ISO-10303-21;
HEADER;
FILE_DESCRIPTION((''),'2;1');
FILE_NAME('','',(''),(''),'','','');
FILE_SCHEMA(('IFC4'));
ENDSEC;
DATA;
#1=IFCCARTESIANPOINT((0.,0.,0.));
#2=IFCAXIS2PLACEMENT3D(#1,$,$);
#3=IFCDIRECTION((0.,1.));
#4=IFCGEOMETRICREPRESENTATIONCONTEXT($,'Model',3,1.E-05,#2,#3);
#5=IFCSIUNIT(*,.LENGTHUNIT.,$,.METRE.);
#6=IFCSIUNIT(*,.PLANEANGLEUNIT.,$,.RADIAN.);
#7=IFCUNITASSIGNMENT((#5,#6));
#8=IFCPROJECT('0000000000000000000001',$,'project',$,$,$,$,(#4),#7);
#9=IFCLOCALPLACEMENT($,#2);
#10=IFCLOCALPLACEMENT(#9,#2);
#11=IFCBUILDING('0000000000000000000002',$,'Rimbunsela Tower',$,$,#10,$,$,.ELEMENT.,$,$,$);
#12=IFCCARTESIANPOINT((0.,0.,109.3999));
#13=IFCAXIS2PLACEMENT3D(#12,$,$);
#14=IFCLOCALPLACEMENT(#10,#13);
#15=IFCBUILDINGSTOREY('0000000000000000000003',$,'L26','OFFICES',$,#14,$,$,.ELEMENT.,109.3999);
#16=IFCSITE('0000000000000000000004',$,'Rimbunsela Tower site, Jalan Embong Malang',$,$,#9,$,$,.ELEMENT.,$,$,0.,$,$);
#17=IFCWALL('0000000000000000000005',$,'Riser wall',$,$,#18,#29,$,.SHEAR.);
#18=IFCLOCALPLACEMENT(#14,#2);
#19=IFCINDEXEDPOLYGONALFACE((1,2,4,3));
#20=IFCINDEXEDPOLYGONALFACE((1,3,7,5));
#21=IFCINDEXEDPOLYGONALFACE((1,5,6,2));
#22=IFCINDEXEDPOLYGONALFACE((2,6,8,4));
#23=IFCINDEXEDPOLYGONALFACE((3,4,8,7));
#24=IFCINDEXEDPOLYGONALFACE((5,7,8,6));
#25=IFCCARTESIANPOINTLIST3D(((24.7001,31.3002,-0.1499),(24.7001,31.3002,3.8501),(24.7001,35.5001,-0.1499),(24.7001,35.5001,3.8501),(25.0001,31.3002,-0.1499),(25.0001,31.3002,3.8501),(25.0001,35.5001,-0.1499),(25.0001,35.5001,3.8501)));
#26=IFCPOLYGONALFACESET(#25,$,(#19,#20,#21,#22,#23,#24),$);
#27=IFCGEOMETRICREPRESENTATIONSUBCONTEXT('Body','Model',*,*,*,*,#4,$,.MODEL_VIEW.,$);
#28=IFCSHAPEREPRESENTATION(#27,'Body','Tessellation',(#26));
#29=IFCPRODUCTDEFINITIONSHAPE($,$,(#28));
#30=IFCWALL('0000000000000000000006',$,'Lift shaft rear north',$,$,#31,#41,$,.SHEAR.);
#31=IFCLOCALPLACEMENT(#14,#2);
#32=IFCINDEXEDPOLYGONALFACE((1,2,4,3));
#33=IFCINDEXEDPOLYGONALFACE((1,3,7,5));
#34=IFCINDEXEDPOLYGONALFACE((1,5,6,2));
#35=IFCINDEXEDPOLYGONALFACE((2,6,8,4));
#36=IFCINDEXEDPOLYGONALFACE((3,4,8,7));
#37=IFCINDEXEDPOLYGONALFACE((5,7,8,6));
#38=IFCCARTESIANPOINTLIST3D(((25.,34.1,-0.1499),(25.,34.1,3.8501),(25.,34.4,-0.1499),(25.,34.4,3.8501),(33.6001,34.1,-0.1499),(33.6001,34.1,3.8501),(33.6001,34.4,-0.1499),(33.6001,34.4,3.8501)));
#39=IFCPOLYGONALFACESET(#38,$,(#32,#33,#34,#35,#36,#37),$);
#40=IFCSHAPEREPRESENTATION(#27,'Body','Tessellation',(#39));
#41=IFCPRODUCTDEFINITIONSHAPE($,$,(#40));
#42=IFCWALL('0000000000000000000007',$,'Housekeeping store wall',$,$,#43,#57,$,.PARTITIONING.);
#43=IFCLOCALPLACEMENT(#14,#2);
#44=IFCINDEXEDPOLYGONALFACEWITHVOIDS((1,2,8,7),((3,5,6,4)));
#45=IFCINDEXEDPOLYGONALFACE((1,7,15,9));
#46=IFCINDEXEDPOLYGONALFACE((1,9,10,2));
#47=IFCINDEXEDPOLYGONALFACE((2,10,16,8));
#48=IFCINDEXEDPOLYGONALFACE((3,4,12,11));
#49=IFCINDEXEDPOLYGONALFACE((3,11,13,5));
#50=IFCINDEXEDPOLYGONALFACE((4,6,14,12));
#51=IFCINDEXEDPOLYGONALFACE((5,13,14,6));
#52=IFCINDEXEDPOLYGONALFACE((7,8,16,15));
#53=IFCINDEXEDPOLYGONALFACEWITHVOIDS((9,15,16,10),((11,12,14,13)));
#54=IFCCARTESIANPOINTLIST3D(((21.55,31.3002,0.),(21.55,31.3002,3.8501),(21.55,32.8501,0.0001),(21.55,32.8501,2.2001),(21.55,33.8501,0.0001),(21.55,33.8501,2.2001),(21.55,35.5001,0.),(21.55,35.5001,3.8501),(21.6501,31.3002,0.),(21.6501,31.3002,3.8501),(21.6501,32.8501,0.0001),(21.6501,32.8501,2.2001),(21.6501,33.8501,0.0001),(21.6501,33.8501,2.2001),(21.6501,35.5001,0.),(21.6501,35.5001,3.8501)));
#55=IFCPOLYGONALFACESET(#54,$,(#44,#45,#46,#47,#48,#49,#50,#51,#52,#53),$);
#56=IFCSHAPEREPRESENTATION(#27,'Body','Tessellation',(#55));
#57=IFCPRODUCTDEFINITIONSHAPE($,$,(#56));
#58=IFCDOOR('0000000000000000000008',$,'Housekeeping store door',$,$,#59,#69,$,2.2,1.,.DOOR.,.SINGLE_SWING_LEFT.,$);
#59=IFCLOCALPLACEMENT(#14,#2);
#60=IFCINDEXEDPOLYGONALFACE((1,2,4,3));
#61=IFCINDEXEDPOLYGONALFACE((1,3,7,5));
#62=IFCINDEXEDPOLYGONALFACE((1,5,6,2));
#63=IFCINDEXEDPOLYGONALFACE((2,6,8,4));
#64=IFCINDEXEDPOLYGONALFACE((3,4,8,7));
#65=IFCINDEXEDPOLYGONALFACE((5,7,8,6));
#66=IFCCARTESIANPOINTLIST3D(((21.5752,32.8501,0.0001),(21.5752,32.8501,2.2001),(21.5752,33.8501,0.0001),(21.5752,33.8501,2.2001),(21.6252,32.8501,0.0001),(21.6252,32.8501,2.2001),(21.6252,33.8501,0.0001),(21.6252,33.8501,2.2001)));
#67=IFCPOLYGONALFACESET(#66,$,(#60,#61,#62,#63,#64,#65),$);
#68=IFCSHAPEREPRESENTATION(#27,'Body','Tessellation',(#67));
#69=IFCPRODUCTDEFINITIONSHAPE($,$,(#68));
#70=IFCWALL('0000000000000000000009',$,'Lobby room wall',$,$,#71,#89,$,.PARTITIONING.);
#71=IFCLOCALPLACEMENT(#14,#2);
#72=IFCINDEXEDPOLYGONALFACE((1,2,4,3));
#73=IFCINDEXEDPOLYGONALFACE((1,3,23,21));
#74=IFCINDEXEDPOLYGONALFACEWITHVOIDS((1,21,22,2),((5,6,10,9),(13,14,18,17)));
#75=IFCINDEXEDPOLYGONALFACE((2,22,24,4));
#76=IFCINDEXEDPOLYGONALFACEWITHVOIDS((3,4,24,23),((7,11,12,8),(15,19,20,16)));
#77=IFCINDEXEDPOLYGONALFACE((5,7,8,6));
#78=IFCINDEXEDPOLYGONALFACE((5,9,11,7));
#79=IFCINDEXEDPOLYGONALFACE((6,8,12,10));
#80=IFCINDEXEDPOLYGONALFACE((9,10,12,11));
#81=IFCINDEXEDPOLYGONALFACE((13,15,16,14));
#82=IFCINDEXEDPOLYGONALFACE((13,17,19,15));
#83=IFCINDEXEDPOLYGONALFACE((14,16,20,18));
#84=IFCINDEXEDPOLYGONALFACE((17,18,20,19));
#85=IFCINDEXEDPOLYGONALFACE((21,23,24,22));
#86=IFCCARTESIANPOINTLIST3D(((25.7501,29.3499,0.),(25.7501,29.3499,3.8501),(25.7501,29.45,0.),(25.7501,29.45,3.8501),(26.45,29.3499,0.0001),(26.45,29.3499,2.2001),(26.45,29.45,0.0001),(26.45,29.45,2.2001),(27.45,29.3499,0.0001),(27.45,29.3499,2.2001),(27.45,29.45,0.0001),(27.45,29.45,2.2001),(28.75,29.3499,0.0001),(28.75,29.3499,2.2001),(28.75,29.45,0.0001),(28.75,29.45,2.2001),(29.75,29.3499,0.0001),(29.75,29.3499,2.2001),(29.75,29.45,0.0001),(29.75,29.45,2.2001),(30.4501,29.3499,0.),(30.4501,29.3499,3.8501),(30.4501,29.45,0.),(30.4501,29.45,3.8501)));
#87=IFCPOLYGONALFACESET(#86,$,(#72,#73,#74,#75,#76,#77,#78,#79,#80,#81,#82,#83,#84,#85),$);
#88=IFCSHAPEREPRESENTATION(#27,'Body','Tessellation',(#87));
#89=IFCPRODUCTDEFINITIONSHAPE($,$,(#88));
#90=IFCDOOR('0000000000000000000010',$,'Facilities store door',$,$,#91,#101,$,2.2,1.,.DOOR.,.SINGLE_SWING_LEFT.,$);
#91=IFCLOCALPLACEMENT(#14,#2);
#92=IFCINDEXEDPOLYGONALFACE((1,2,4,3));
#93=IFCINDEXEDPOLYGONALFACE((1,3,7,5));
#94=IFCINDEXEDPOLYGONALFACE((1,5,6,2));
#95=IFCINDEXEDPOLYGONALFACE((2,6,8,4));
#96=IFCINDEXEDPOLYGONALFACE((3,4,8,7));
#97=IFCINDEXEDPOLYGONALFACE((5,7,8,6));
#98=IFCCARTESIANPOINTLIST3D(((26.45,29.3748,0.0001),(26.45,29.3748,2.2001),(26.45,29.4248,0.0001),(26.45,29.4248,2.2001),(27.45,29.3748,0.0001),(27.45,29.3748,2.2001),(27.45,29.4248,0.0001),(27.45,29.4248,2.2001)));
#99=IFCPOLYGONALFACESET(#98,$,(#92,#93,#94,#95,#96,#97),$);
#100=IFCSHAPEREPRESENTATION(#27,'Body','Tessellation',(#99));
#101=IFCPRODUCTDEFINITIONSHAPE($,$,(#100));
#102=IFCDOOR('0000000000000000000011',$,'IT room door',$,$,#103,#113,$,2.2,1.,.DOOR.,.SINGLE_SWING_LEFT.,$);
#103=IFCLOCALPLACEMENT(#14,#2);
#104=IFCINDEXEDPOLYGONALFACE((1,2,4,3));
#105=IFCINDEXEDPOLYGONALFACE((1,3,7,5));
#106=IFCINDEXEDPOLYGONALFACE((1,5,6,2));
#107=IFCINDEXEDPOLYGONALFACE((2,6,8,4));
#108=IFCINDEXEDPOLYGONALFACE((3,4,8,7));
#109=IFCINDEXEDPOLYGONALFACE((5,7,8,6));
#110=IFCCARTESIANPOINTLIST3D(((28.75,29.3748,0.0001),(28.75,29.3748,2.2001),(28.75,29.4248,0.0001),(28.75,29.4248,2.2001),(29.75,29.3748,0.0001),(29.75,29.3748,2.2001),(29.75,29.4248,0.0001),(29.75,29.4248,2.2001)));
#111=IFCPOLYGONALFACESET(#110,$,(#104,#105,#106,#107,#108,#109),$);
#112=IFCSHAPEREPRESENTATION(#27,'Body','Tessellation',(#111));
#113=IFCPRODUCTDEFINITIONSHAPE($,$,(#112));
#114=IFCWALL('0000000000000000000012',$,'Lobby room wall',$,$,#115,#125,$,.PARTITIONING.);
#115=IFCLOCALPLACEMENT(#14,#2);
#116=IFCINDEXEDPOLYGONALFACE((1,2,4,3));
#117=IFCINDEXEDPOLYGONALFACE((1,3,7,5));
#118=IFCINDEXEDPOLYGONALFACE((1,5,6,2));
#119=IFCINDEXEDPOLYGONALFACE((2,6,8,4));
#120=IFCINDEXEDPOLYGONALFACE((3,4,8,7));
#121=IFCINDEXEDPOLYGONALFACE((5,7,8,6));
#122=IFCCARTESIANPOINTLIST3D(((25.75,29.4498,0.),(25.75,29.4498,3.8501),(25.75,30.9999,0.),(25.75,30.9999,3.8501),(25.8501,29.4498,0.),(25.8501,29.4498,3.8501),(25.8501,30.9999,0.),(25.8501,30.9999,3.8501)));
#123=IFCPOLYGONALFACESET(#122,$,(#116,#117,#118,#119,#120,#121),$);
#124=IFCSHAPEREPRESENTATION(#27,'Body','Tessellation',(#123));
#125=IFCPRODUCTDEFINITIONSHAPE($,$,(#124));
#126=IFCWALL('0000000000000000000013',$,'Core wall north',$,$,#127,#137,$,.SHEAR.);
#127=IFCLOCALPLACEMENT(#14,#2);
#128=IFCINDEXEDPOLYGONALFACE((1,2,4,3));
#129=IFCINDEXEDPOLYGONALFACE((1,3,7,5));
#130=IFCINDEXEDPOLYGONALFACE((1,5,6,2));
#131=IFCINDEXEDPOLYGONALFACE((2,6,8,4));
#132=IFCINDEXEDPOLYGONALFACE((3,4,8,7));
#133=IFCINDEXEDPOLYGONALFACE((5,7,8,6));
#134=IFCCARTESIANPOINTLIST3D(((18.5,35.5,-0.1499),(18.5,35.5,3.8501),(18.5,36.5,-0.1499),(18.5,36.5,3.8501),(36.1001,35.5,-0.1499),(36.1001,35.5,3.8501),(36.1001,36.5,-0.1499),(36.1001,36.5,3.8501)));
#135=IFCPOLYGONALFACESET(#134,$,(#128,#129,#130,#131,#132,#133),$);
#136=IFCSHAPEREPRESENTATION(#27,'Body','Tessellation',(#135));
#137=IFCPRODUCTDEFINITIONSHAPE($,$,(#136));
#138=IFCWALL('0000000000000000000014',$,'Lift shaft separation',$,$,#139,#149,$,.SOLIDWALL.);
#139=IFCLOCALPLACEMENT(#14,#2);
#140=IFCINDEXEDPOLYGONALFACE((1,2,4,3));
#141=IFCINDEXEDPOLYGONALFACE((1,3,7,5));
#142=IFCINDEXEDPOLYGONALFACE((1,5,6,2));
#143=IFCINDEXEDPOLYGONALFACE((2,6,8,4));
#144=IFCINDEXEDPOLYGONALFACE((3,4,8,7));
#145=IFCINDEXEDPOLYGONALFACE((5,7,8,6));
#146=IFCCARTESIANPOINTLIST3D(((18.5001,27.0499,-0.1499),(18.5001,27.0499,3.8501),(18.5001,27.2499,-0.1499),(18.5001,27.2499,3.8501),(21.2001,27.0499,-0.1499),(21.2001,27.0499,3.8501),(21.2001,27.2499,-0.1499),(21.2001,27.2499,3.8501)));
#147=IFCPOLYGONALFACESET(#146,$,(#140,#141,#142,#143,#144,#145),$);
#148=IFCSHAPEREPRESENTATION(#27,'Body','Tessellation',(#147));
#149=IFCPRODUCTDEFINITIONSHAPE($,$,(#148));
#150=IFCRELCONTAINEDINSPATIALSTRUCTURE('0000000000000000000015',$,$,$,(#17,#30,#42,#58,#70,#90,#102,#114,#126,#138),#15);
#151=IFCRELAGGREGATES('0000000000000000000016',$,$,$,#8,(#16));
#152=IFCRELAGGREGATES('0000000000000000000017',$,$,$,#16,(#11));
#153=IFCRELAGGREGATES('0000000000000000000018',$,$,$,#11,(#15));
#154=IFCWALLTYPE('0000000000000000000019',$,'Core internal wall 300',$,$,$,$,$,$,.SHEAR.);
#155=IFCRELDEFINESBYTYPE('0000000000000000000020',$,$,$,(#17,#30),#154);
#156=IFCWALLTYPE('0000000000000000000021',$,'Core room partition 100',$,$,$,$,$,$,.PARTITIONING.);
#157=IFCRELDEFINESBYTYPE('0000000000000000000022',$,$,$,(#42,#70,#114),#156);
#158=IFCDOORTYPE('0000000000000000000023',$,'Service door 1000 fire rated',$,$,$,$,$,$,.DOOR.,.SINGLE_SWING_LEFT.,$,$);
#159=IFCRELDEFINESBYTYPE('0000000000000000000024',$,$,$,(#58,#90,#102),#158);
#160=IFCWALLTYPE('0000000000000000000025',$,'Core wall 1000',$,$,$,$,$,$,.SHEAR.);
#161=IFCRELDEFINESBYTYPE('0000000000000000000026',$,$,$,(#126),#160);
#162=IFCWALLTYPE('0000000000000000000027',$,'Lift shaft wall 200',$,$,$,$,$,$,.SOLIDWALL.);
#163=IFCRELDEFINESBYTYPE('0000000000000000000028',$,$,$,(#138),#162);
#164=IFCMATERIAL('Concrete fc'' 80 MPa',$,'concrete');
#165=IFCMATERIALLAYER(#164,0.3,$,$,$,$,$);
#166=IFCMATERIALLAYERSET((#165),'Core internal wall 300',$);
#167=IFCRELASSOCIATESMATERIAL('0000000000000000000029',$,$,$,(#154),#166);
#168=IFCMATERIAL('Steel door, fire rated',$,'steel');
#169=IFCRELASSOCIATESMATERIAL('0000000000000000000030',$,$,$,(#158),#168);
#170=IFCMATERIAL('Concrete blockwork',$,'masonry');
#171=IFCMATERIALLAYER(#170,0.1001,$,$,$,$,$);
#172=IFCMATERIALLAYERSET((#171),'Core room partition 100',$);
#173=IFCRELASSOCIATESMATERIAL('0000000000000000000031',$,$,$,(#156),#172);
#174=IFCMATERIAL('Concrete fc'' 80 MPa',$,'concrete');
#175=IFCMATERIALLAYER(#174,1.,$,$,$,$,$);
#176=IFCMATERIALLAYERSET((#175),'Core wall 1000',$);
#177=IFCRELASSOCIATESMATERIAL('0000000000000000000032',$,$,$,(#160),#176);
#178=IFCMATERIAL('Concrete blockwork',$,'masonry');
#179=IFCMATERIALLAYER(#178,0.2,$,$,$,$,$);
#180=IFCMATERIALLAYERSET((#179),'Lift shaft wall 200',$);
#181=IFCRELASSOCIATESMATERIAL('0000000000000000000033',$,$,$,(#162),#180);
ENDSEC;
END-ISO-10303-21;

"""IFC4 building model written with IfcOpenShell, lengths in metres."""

from ifc_helpers import new_model, si_unit, direction, frame, frame_2d, origin, place, context, subcontext, project, spatial, rectangle, extrude, material, layer, layer_set, type_object, element, fill, save


model = new_model("IFC4")

# Units and contexts
model_context = context("Model", 3, precision=1e-05, world=origin(), true_north=direction((0.0, 1.0)))
body_context = subcontext(model_context, "Body", "Model", "MODEL_VIEW")
ifc_project = project(units=[si_unit("LENGTHUNIT", "METRE"), si_unit("PLANEANGLEUNIT", "RADIAN")], contexts=[model_context])

# Site, building, storey
site_placement = place(None, origin())
site = spatial("IfcSite", under=ifc_project, at=site_placement, Name="Rimbunsela Tower site, Jalan Embong Malang", CompositionType="ELEMENT", RefElevation=0.0)
building_placement = place(site_placement, origin())
building = spatial("IfcBuilding", under=site, at=building_placement, Name="Rimbunsela Tower", CompositionType="ELEMENT")
storey_placement = place(building_placement, frame((0.0, 0.0, 109.3999)))
storey = spatial("IfcBuildingStorey", under=building, at=storey_placement, Name="L26", Description="OFFICES", CompositionType="ELEMENT", Elevation=109.3999)

# Shared definitions
ifc_material_1 = material(Name="Concrete fc' 80 MPa", Category="concrete")
ifc_layer_1 = layer(ifc_material_1, 0.3)
ifc_layer_set_1 = layer_set([ifc_layer_1], Name="Core internal wall 300")
wall_type_1 = type_object("IfcWallType", Name="Core internal wall 300", PredefinedType="SHEAR", material=ifc_layer_set_1)
ifc_material_2 = material(Name="Steel door, fire rated", Category="steel")
door_type_1 = type_object("IfcDoorType", Name="Service door 1000 fire rated", OperationType="SINGLE_SWING_LEFT", PredefinedType="DOOR", material=ifc_material_2)

# Walls
wall_1_placement = place(storey_placement, frame((24.8501, 31.3, -0.1499), z_axis=(0.0, 0.0, 1.0), x_axis=(0.0, 1.0, 0.0)))
element("IfcWall", 1, at=wall_1_placement, inside=storey, type_object=wall_type_1, Name="Riser wall", PredefinedType="SHEAR", context=body_context, shape_type="SweptSolid", body=[
    extrude(rectangle(XDim=4.2, YDim=0.3, at=frame_2d((2.1001, 0.0))), origin(), (0.0, 0.0, 1.0), 4.0),
])
wall_2_placement = place(storey_placement, frame((25.0, 34.25, -0.1499), z_axis=(0.0, 0.0, 1.0), x_axis=(1.0, 0.0, 0.0)))
element("IfcWall", 2, at=wall_2_placement, inside=storey, type_object=wall_type_1, Name="Lift shaft rear north", PredefinedType="SHEAR", context=body_context, shape_type="SweptSolid", body=[
    extrude(rectangle(XDim=8.6001, YDim=0.3, at=frame_2d((4.3, 0.0))), origin(), (0.0, 0.0, 1.0), 4.0),
])

# Wall, opening, door
ifc_material_3 = material(Name="Concrete blockwork", Category="masonry")
ifc_layer_2 = layer(ifc_material_3, 0.1001)
ifc_layer_set_2 = layer_set([ifc_layer_2], Name="Core room partition 100")
wall_type_2 = type_object("IfcWallType", Name="Core room partition 100", PredefinedType="PARTITIONING", material=ifc_layer_set_2)
wall_3_placement = place(storey_placement, frame((21.6001, 31.3, 0.0), z_axis=(0.0, 0.0, 1.0), x_axis=(0.0, 1.0, 0.0)))
wall_3 = element("IfcWall", 3, at=wall_3_placement, inside=storey, type_object=wall_type_2, Name="Housekeeping store wall", PredefinedType="PARTITIONING", context=body_context, shape_type="SweptSolid", body=[
    extrude(rectangle(XDim=4.2, YDim=0.1001, at=frame_2d((2.1001, 0.0))), origin(), (0.0, 0.0, 1.0), 3.8501),
])
opening_1_placement = place(wall_3_placement, frame((1.55, 0.0, 0.0)))
opening_1 = element("IfcOpeningElement", 4, at=opening_1_placement, cuts=wall_3, PredefinedType="OPENING", context=body_context, shape_type="SweptSolid", body=[
    extrude(rectangle(XDim=1.0, YDim=2.2, at=frame_2d((0.5, 1.1001))), frame((0.0, 0.0601, 0.0), z_axis=(0.0, -1.0, 0.0), x_axis=(1.0, 0.0, 0.0)), (0.0, 0.0, 1.0), 0.1201),
])
door_1_placement = place(opening_1_placement, origin())
door_1 = element("IfcDoor", 5, at=door_1_placement, inside=storey, type_object=door_type_1, Name="Housekeeping store door", OperationType="SINGLE_SWING_LEFT", OverallHeight=2.2, OverallWidth=1.0, PredefinedType="DOOR", context=body_context, shape_type="SweptSolid", body=[
    extrude(rectangle(XDim=1.0, YDim=2.2, at=frame_2d((0.5, 1.1001))), frame((0.0, 0.0249, 0.0), z_axis=(0.0, -1.0, 0.0), x_axis=(1.0, 0.0, 0.0)), (0.0, 0.0, 1.0), 0.05),
])
fill(opening_1, door_1)

# Wall, openings, doors
wall_4_placement = place(storey_placement, frame((25.75, 29.3999, 0.0), z_axis=(0.0, 0.0, 1.0), x_axis=(1.0, 0.0, 0.0)))
wall_4 = element("IfcWall", 6, at=wall_4_placement, inside=storey, type_object=wall_type_2, Name="Lobby room wall", PredefinedType="PARTITIONING", context=body_context, shape_type="SweptSolid", body=[
    extrude(rectangle(XDim=4.7, YDim=0.1001, at=frame_2d((2.3501, 0.0))), origin(), (0.0, 0.0, 1.0), 3.8501),
])
opening_2_placement = place(wall_4_placement, frame((0.7, 0.0, 0.0)))
opening_2 = element("IfcOpeningElement", 7, at=opening_2_placement, cuts=wall_4, PredefinedType="OPENING", context=body_context, shape_type="SweptSolid", body=[
    extrude(rectangle(XDim=1.0, YDim=2.2, at=frame_2d((0.5, 1.1001))), frame((0.0, 0.0601, 0.0), z_axis=(0.0, -1.0, 0.0), x_axis=(1.0, 0.0, 0.0)), (0.0, 0.0, 1.0), 0.1201),
])
opening_3_placement = place(wall_4_placement, frame((3.0, 0.0, 0.0)))
opening_3 = element("IfcOpeningElement", 8, at=opening_3_placement, cuts=wall_4, PredefinedType="OPENING", context=body_context, shape_type="SweptSolid", body=[
    extrude(rectangle(XDim=1.0, YDim=2.2, at=frame_2d((0.5, 1.1001))), frame((0.0, 0.0601, 0.0), z_axis=(0.0, -1.0, 0.0), x_axis=(1.0, 0.0, 0.0)), (0.0, 0.0, 1.0), 0.1201),
])
door_2_placement = place(opening_2_placement, origin())
door_2 = element("IfcDoor", 9, at=door_2_placement, inside=storey, type_object=door_type_1, Name="Facilities store door", OperationType="SINGLE_SWING_LEFT", OverallHeight=2.2, OverallWidth=1.0, PredefinedType="DOOR", context=body_context, shape_type="SweptSolid", body=[
    extrude(rectangle(XDim=1.0, YDim=2.2, at=frame_2d((0.5, 1.1001))), frame((0.0, 0.0249, 0.0), z_axis=(0.0, -1.0, 0.0), x_axis=(1.0, 0.0, 0.0)), (0.0, 0.0, 1.0), 0.05),
])
fill(opening_2, door_2)
door_3_placement = place(opening_3_placement, origin())
door_3 = element("IfcDoor", 10, at=door_3_placement, inside=storey, type_object=door_type_1, Name="IT room door", OperationType="SINGLE_SWING_LEFT", OverallHeight=2.2, OverallWidth=1.0, PredefinedType="DOOR", context=body_context, shape_type="SweptSolid", body=[
    extrude(rectangle(XDim=1.0, YDim=2.2, at=frame_2d((0.5, 1.1001))), frame((0.0, 0.0249, 0.0), z_axis=(0.0, -1.0, 0.0), x_axis=(1.0, 0.0, 0.0)), (0.0, 0.0, 1.0), 0.05),
])
fill(opening_3, door_3)

# Walls
wall_5_placement = place(storey_placement, frame((25.8, 29.45, 0.0), z_axis=(0.0, 0.0, 1.0), x_axis=(0.0, 1.0, 0.0)))
element("IfcWall", 11, at=wall_5_placement, inside=storey, type_object=wall_type_2, Name="Lobby room wall", PredefinedType="PARTITIONING", context=body_context, shape_type="SweptSolid", body=[
    extrude(rectangle(XDim=1.55, YDim=0.1001, at=frame_2d((0.7749, 0.0))), origin(), (0.0, 0.0, 1.0), 3.8501),
])
ifc_material_4 = material(Name="Concrete fc' 80 MPa", Category="concrete")
ifc_layer_3 = layer(ifc_material_4, 1.0)
ifc_layer_set_3 = layer_set([ifc_layer_3], Name="Core wall 1000")
wall_type_3 = type_object("IfcWallType", Name="Core wall 1000", PredefinedType="SHEAR", material=ifc_layer_set_3)
wall_6_placement = place(storey_placement, frame((18.5, 36.0, -0.1499), z_axis=(0.0, 0.0, 1.0), x_axis=(1.0, 0.0, 0.0)))
element("IfcWall", 12, at=wall_6_placement, inside=storey, type_object=wall_type_3, Name="Core wall north", PredefinedType="SHEAR", context=body_context, shape_type="SweptSolid", body=[
    extrude(rectangle(XDim=17.6001, YDim=1.0, at=frame_2d((8.8, 0.0))), origin(), (0.0, 0.0, 1.0), 4.0),
])
ifc_material_5 = material(Name="Concrete blockwork", Category="masonry")
ifc_layer_4 = layer(ifc_material_5, 0.2)
ifc_layer_set_4 = layer_set([ifc_layer_4], Name="Lift shaft wall 200")
wall_type_4 = type_object("IfcWallType", Name="Lift shaft wall 200", PredefinedType="SOLIDWALL", material=ifc_layer_set_4)
wall_7_placement = place(storey_placement, frame((18.5, 27.1499, -0.1499), z_axis=(0.0, 0.0, 1.0), x_axis=(1.0, 0.0, 0.0)))
element("IfcWall", 13, at=wall_7_placement, inside=storey, type_object=wall_type_4, Name="Lift shaft separation", PredefinedType="SOLIDWALL", context=body_context, shape_type="SweptSolid", body=[
    extrude(rectangle(XDim=2.7, YDim=0.2, at=frame_2d((1.3501, 0.0))), origin(), (0.0, 0.0, 1.0), 4.0),
])

save(model, "model.ifc")
